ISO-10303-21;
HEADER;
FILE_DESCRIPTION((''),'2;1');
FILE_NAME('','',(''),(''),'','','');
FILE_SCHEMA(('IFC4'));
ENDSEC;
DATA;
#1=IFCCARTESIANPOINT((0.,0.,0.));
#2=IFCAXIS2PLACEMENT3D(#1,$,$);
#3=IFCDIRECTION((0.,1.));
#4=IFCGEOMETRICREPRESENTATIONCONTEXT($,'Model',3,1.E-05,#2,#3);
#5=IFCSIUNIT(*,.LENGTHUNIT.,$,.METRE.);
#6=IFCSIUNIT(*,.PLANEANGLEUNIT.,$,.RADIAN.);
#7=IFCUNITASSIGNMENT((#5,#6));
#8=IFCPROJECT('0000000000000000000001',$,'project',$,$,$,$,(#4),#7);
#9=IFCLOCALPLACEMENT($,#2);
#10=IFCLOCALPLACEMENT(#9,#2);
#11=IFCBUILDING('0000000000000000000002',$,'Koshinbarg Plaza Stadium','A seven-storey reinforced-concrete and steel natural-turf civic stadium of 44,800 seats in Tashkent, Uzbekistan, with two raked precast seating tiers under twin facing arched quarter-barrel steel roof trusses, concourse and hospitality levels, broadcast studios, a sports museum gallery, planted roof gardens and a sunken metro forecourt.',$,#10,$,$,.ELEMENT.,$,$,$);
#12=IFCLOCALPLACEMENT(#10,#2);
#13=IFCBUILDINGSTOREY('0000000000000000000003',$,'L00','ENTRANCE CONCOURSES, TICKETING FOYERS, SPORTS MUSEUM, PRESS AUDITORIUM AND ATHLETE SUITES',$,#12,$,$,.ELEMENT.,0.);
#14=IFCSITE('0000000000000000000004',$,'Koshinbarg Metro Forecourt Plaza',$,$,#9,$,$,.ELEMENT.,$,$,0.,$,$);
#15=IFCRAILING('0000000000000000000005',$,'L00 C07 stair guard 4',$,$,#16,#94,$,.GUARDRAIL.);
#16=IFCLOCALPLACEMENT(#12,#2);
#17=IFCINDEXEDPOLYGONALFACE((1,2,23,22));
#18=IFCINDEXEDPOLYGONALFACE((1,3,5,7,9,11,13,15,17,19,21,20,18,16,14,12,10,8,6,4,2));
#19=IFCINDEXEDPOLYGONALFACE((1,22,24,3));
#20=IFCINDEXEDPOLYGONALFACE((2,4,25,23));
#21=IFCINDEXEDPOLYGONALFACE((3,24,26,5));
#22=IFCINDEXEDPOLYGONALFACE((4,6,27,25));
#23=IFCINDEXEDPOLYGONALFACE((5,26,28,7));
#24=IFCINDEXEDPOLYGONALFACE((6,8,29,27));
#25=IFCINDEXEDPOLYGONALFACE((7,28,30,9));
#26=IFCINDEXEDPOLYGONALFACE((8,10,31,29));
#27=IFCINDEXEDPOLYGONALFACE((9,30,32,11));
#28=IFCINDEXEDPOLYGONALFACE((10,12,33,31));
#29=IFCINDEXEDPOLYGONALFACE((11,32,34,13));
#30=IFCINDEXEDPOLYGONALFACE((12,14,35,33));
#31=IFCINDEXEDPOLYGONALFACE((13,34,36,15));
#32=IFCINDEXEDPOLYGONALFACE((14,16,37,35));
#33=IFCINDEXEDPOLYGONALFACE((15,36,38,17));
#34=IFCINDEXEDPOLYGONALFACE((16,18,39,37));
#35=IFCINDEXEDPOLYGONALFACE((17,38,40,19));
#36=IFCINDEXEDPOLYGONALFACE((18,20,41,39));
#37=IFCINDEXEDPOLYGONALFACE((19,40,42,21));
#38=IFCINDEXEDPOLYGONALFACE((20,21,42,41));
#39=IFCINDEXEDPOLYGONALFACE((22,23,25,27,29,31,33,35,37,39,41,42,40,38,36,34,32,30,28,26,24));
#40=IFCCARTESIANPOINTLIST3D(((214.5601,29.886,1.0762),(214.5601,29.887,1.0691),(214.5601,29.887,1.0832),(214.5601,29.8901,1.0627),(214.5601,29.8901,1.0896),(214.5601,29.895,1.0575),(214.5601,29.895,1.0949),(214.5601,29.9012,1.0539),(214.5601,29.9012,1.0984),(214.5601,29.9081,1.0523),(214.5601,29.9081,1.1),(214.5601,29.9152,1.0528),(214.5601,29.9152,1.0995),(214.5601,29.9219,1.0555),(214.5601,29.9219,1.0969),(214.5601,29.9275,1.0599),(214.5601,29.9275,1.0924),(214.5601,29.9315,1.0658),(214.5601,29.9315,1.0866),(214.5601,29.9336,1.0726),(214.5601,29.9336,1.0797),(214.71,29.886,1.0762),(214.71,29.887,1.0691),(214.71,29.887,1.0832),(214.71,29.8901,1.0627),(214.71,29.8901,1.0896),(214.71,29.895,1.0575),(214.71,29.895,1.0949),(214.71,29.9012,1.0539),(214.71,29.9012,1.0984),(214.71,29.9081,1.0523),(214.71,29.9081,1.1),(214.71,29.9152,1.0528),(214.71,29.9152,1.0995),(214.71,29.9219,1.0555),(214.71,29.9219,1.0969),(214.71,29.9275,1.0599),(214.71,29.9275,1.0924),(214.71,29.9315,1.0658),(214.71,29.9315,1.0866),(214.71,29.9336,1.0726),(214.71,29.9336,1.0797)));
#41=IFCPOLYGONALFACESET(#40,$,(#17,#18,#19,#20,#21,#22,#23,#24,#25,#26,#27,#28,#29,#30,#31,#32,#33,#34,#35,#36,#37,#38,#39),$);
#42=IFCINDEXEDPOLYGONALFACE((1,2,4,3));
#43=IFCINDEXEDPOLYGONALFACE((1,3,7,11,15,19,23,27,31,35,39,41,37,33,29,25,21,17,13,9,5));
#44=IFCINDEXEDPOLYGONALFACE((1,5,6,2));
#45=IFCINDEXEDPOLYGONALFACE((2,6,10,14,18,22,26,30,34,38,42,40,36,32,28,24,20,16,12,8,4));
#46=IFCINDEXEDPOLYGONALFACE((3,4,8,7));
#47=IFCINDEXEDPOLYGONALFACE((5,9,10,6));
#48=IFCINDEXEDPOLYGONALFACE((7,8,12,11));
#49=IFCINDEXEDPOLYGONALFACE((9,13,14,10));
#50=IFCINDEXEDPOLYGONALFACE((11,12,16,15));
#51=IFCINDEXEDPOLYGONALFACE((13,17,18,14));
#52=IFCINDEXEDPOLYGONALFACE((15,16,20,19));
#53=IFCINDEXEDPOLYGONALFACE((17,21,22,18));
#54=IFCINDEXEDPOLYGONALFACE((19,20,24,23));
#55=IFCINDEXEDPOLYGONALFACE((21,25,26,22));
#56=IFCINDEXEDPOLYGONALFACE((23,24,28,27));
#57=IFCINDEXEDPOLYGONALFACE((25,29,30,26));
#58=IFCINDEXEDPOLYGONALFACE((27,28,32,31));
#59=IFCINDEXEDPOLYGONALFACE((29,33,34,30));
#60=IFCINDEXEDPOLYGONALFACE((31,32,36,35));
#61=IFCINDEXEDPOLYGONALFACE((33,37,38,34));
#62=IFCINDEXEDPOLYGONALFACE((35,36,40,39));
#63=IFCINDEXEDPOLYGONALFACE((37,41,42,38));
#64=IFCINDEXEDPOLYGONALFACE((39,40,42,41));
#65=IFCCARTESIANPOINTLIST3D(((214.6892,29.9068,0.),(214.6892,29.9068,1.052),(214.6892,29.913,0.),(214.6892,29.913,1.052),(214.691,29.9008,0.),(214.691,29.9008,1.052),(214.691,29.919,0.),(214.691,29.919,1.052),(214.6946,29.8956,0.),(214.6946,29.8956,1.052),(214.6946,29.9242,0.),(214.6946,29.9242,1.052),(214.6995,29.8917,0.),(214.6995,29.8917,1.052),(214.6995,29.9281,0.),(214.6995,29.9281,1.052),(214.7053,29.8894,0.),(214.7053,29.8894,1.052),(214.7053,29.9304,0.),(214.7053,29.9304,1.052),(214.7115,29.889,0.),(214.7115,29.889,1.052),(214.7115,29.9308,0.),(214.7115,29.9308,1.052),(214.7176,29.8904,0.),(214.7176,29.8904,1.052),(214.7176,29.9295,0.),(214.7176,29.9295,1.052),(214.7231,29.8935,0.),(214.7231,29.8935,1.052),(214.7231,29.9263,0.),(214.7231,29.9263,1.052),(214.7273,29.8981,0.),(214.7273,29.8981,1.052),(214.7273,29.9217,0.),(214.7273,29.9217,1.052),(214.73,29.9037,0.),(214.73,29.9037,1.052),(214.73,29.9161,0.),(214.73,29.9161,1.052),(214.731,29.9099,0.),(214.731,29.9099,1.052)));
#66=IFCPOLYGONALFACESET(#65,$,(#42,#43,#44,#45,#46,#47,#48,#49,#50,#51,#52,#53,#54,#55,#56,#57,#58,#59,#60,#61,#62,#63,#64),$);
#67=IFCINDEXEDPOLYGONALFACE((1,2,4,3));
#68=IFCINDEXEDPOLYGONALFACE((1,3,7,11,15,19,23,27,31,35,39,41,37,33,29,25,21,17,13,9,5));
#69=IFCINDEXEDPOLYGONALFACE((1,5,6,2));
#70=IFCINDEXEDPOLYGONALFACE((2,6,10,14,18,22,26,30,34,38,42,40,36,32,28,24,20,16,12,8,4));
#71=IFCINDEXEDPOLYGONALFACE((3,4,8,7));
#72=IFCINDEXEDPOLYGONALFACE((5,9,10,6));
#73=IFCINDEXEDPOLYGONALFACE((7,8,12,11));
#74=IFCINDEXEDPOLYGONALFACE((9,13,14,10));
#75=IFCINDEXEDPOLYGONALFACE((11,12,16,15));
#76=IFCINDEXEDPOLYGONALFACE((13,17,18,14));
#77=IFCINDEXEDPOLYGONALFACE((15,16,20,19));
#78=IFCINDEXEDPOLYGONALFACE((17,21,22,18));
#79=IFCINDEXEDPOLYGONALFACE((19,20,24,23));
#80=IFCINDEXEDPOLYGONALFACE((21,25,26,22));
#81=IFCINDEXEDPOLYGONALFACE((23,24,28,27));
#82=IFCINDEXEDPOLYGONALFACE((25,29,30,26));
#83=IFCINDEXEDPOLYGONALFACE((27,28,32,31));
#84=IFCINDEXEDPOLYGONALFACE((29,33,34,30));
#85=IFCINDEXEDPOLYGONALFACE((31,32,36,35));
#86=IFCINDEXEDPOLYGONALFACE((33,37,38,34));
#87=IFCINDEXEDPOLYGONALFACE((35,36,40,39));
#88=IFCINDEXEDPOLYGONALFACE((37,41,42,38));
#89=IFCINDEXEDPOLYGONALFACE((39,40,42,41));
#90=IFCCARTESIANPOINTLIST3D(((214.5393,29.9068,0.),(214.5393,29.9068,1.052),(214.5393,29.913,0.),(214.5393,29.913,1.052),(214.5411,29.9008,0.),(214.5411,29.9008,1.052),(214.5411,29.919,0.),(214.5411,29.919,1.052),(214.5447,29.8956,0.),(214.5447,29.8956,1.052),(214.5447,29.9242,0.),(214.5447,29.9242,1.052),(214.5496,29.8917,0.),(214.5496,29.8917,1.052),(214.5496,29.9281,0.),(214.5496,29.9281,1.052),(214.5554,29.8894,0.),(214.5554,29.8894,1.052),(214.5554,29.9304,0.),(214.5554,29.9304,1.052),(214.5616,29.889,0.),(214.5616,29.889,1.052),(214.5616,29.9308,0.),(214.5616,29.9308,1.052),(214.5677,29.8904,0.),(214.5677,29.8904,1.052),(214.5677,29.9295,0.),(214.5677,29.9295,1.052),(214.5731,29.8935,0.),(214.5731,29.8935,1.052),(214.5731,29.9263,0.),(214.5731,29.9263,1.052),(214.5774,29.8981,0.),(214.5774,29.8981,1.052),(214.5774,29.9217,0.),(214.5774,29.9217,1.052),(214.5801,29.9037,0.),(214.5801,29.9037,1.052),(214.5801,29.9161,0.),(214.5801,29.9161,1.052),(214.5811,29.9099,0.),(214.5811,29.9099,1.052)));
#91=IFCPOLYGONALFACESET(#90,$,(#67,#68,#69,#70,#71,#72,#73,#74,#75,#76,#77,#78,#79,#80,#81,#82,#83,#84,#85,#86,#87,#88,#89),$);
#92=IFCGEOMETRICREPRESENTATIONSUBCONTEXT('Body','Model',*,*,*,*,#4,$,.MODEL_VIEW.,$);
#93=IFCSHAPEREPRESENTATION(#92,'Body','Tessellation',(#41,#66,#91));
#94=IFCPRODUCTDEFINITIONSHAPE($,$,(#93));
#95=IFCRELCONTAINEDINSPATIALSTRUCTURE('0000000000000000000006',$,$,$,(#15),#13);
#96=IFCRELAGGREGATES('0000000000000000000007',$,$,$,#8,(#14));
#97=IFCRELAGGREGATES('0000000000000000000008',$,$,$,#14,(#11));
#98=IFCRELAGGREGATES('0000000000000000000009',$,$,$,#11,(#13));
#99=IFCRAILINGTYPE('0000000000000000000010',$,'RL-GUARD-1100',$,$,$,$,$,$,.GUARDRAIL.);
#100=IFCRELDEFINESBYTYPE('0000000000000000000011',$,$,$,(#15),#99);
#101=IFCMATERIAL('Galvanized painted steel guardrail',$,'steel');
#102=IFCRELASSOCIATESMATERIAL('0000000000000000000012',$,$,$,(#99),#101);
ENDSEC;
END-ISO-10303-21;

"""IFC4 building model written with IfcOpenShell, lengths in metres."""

from ifc_helpers import new_model, si_unit, direction, frame, origin, origin_2d, place, context, subcontext, project, spatial, circle, extrude, material, type_object, element, save


model = new_model("IFC4")

# Units and contexts
model_context = context("Model", 3, precision=1e-05, world=origin(), true_north=direction((0.0, 1.0)))
body_context = subcontext(model_context, "Body", "Model", "MODEL_VIEW")
ifc_project = project(units=[si_unit("LENGTHUNIT", "METRE"), si_unit("PLANEANGLEUNIT", "RADIAN")], contexts=[model_context])

# Site, building, storey
site_placement = place(None, origin())
site = spatial("IfcSite", under=ifc_project, at=site_placement, Name="Koshinbarg Metro Forecourt Plaza", CompositionType="ELEMENT", RefElevation=0.0)
building_placement = place(site_placement, origin())
building = spatial("IfcBuilding", under=site, at=building_placement, Name="Koshinbarg Plaza Stadium", Description="A seven-storey reinforced-concrete and steel natural-turf civic stadium of 44,800 seats in Tashkent, Uzbekistan, with two raked precast seating tiers under twin facing arched quarter-barrel steel roof trusses, concourse and hospitality levels, broadcast studios, a sports museum gallery, planted roof gardens and a sunken metro forecourt.", CompositionType="ELEMENT")
storey_placement = place(building_placement, origin())
storey = spatial("IfcBuildingStorey", under=building, at=storey_placement, Name="L00", Description="ENTRANCE CONCOURSES, TICKETING FOYERS, SPORTS MUSEUM, PRESS AUDITORIUM AND ATHLETE SUITES", CompositionType="ELEMENT", Elevation=0.0)

# Railing
ifc_material_1 = material(Name="Galvanized painted steel guardrail", Category="steel")
railing_type_1 = type_object("IfcRailingType", Name="RL-GUARD-1100", PredefinedType="GUARDRAIL", material=ifc_material_1)
railing_1_placement = place(storey_placement, frame((214.71, 29.9099, 0.0)))
element("IfcRailing", 1, at=railing_1_placement, inside=storey, type_object=railing_type_1, Name="L00 C07 stair guard 4", PredefinedType="GUARDRAIL", context=body_context, shape_type="SweptSolid", body=[
    extrude(circle(Radius=0.0239, at=origin_2d()), frame((0.0, 0.0, 1.0762), z_axis=(-1.0, 0.0, 0.0), x_axis=(0.0, -1.0, 0.0)), (0.0, 0.0, 1.0), 0.1499),
    extrude(circle(Radius=0.021, at=origin_2d()), origin(), (0.0, 0.0, 1.0), 1.052),
    extrude(circle(Radius=0.021, at=origin_2d()), frame((-0.1499, 0.0, 0.0)), (0.0, 0.0, 1.0), 1.052),
])

save(model, "model.ifc")
